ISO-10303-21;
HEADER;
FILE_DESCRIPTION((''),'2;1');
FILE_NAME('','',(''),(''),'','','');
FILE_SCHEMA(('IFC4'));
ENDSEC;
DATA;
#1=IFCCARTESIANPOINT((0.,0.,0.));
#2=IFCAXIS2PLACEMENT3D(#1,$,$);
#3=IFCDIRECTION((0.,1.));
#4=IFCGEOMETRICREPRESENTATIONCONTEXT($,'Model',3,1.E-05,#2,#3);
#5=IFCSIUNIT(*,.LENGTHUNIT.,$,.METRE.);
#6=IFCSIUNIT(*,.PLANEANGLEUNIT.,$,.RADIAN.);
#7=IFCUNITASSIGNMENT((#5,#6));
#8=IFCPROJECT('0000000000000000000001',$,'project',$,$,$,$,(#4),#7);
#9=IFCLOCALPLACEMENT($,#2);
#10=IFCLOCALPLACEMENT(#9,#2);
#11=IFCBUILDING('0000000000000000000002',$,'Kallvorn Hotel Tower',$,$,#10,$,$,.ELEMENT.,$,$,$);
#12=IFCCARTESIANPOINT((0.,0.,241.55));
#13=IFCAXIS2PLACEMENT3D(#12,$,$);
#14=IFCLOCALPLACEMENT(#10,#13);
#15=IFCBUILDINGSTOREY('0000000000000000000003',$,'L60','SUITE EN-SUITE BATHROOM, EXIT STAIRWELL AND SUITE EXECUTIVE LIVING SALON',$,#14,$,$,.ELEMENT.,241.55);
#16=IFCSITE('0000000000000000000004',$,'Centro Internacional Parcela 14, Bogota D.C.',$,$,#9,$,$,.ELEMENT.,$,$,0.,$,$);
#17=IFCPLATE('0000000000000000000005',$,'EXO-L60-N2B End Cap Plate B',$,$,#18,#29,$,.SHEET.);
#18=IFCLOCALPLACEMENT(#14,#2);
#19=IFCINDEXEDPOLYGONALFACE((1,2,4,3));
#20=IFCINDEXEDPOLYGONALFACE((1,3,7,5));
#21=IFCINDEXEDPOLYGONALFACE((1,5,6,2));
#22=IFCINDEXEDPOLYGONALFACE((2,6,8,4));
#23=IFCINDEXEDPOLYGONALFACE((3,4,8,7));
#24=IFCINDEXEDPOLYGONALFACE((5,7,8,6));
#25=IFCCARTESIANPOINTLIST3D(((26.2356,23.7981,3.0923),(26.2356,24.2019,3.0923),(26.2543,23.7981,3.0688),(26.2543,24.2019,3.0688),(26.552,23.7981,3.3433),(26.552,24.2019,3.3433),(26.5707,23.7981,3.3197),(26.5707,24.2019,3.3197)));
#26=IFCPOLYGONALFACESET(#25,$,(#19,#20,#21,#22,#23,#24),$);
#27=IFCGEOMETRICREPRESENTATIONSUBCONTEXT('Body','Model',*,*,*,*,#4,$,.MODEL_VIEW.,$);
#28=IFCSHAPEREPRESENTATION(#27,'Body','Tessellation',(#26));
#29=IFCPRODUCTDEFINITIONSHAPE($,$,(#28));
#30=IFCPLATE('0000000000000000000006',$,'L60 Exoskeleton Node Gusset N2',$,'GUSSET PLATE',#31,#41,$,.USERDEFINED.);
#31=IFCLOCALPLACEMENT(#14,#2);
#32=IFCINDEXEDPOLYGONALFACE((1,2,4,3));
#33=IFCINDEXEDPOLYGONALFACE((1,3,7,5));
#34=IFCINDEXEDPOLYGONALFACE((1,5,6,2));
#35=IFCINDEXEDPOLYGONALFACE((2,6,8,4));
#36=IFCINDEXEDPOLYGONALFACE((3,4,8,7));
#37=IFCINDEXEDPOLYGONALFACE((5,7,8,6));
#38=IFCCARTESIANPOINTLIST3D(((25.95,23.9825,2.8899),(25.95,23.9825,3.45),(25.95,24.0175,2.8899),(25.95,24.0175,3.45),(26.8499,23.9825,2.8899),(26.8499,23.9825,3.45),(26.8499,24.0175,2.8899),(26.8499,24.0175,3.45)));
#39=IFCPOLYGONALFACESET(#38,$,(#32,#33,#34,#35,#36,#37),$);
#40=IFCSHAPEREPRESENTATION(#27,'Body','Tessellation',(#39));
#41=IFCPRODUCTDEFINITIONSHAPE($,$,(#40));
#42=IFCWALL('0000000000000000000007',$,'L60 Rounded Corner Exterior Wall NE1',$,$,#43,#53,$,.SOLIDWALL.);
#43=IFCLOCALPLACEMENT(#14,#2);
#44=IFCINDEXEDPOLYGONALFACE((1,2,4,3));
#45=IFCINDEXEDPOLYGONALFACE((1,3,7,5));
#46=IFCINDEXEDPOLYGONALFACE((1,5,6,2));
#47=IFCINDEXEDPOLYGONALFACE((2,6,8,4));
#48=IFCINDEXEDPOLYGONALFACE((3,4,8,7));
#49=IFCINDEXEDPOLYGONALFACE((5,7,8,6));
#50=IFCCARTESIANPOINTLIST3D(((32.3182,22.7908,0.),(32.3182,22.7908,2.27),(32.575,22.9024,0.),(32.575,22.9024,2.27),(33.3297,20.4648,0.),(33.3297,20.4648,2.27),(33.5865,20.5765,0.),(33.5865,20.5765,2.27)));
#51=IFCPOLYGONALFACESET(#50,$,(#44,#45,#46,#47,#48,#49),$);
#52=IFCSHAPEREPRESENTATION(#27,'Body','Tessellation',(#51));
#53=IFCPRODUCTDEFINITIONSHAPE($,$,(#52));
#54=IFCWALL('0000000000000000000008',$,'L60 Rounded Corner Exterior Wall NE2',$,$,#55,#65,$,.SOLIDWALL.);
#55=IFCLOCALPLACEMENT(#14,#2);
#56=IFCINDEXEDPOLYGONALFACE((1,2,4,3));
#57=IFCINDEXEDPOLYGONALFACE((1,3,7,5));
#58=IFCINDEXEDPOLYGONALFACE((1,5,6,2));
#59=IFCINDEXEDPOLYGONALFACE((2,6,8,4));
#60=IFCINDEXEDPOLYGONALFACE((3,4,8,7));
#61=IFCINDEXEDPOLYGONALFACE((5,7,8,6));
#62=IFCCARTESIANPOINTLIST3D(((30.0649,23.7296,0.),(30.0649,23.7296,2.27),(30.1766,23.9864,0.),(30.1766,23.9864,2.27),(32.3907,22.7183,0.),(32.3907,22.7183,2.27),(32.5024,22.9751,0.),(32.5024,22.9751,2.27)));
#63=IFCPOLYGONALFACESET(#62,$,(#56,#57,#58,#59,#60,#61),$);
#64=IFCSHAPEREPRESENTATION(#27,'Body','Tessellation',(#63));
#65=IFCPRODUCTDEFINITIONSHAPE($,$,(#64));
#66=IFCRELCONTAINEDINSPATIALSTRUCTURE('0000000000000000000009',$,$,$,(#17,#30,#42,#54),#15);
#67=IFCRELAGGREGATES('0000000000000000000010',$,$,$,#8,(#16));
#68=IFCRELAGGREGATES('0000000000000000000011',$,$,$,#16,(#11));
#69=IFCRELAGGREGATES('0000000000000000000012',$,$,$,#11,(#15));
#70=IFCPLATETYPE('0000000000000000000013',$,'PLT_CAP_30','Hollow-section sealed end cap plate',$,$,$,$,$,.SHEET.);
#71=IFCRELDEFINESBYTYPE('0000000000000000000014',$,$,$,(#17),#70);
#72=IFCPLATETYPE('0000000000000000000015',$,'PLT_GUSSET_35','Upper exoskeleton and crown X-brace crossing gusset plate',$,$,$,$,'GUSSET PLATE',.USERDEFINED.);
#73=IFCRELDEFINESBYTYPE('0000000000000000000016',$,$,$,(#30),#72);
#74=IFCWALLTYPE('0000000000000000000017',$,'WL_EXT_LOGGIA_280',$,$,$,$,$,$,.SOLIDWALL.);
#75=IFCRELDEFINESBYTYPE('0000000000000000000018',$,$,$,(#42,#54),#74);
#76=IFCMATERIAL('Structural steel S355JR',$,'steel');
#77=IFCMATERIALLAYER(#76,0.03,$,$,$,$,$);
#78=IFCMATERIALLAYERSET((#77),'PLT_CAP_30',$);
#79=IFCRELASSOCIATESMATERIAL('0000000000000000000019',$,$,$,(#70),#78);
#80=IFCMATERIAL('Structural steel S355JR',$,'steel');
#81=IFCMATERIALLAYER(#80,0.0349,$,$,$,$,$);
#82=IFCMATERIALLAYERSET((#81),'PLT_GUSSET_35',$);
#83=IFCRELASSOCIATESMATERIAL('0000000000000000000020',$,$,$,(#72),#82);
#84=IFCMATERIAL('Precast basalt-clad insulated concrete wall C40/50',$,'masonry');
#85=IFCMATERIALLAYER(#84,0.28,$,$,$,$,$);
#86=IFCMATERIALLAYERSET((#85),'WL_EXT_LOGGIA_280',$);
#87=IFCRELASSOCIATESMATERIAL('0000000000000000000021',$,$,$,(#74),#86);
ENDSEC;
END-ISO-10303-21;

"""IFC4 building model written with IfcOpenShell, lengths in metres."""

from ifc_helpers import new_model, si_unit, direction, frame, frame_2d, origin, origin_2d, place, context, subcontext, project, spatial, polyline, rectangle, outline, extrude, material, layer, layer_set, type_object, element, save


model = new_model("IFC4")

# Units and contexts
model_context = context("Model", 3, precision=1e-05, world=origin(), true_north=direction((0.0, 1.0)))
body_context = subcontext(model_context, "Body", "Model", "MODEL_VIEW")
ifc_project = project(units=[si_unit("LENGTHUNIT", "METRE"), si_unit("PLANEANGLEUNIT", "RADIAN")], contexts=[model_context])

# Site, building, storey
site_placement = place(None, origin())
site = spatial("IfcSite", under=ifc_project, at=site_placement, Name="Centro Internacional Parcela 14, Bogota D.C.", CompositionType="ELEMENT", RefElevation=0.0)
building_placement = place(site_placement, origin())
building = spatial("IfcBuilding", under=site, at=building_placement, Name="Kallvorn Hotel Tower", CompositionType="ELEMENT")
storey_placement = place(building_placement, frame((0.0, 0.0, 241.55)))
storey = spatial("IfcBuildingStorey", under=building, at=storey_placement, Name="L60", Description="SUITE EN-SUITE BATHROOM, EXIT STAIRWELL AND SUITE EXECUTIVE LIVING SALON", CompositionType="ELEMENT", Elevation=241.55)

# Plates
ifc_material_1 = material(Name="Structural steel S355JR", Category="steel")
ifc_layer_1 = layer(ifc_material_1, 0.03)
ifc_layer_set_1 = layer_set([ifc_layer_1], Name="PLT_CAP_30")
plate_type_1 = type_object("IfcPlateType", Name="PLT_CAP_30", Description="Hollow-section sealed end cap plate", PredefinedType="SHEET", material=ifc_layer_set_1)
plate_1_placement = place(storey_placement, frame((26.2356, 24.2019, 3.0923), z_axis=(-0.621446, 0.0, 0.783457), x_axis=(0.0, -1.0, 0.0)))
element("IfcPlate", 1, at=plate_1_placement, inside=storey, type_object=plate_type_1, Name="EXO-L60-N2B End Cap Plate B", PredefinedType="SHEET", context=body_context, shape_type="SweptSolid", body=[
    extrude(outline(polyline([(0.0, 0.0), (0.4038, 0.0), (0.4038, 0.4039), (0.0, 0.4039), (0.0, 0.0)])), origin(), (0.0, 0.0, -1.0), 0.03),
])
ifc_material_2 = material(Name="Structural steel S355JR", Category="steel")
ifc_layer_2 = layer(ifc_material_2, 0.0349)
ifc_layer_set_2 = layer_set([ifc_layer_2], Name="PLT_GUSSET_35")
plate_type_2 = type_object("IfcPlateType", Name="PLT_GUSSET_35", Description="Upper exoskeleton and crown X-brace crossing gusset plate", ElementType="GUSSET PLATE", PredefinedType="USERDEFINED", material=ifc_layer_set_2)
plate_2_placement = place(storey_placement, frame((26.3999, 24.0, 2.8899), z_axis=(0.0, 0.0, 1.0), x_axis=(1.0, 0.0, 0.0)))
element("IfcPlate", 2, at=plate_2_placement, inside=storey, type_object=plate_type_2, Name="L60 Exoskeleton Node Gusset N2", ObjectType="GUSSET PLATE", PredefinedType="USERDEFINED", context=body_context, shape_type="SweptSolid", body=[
    extrude(rectangle(XDim=0.8999, YDim=0.0349, at=origin_2d()), origin(), (0.0, 0.0, 1.0), 0.5601),
])

# Walls
ifc_material_3 = material(Name="Precast basalt-clad insulated concrete wall C40/50", Category="masonry")
ifc_layer_3 = layer(ifc_material_3, 0.28)
ifc_layer_set_3 = layer_set([ifc_layer_3], Name="WL_EXT_LOGGIA_280")
wall_type = type_object("IfcWallType", Name="WL_EXT_LOGGIA_280", PredefinedType="SOLIDWALL", material=ifc_layer_set_3)
wall_1_placement = place(storey_placement, frame((33.458, 20.5208, 0.0), z_axis=(0.0, 0.0, 1.0), x_axis=(-0.398793, 0.917041, 0.0)))
element("IfcWall", 3, at=wall_1_placement, inside=storey, type_object=wall_type, Name="L60 Rounded Corner Exterior Wall NE1", PredefinedType="SOLIDWALL", context=body_context, shape_type="SweptSolid", body=[
    extrude(rectangle(XDim=2.5364, YDim=0.28, at=frame_2d((1.2681, 0.0))), origin(), (0.0, 0.0, 1.0), 2.27),
])
wall_2_placement = place(storey_placement, frame((32.4465, 22.8467, 0.0), z_axis=(0.0, 0.0, 1.0), x_axis=(-0.917061, 0.398747, 0.0)))
element("IfcWall", 4, at=wall_2_placement, inside=storey, type_object=wall_type, Name="L60 Rounded Corner Exterior Wall NE2", PredefinedType="SOLIDWALL", context=body_context, shape_type="SweptSolid", body=[
    extrude(rectangle(XDim=2.5361, YDim=0.28, at=frame_2d((1.2681, 0.0))), origin(), (0.0, 0.0, 1.0), 2.27),
])

save(model, "model.ifc")
